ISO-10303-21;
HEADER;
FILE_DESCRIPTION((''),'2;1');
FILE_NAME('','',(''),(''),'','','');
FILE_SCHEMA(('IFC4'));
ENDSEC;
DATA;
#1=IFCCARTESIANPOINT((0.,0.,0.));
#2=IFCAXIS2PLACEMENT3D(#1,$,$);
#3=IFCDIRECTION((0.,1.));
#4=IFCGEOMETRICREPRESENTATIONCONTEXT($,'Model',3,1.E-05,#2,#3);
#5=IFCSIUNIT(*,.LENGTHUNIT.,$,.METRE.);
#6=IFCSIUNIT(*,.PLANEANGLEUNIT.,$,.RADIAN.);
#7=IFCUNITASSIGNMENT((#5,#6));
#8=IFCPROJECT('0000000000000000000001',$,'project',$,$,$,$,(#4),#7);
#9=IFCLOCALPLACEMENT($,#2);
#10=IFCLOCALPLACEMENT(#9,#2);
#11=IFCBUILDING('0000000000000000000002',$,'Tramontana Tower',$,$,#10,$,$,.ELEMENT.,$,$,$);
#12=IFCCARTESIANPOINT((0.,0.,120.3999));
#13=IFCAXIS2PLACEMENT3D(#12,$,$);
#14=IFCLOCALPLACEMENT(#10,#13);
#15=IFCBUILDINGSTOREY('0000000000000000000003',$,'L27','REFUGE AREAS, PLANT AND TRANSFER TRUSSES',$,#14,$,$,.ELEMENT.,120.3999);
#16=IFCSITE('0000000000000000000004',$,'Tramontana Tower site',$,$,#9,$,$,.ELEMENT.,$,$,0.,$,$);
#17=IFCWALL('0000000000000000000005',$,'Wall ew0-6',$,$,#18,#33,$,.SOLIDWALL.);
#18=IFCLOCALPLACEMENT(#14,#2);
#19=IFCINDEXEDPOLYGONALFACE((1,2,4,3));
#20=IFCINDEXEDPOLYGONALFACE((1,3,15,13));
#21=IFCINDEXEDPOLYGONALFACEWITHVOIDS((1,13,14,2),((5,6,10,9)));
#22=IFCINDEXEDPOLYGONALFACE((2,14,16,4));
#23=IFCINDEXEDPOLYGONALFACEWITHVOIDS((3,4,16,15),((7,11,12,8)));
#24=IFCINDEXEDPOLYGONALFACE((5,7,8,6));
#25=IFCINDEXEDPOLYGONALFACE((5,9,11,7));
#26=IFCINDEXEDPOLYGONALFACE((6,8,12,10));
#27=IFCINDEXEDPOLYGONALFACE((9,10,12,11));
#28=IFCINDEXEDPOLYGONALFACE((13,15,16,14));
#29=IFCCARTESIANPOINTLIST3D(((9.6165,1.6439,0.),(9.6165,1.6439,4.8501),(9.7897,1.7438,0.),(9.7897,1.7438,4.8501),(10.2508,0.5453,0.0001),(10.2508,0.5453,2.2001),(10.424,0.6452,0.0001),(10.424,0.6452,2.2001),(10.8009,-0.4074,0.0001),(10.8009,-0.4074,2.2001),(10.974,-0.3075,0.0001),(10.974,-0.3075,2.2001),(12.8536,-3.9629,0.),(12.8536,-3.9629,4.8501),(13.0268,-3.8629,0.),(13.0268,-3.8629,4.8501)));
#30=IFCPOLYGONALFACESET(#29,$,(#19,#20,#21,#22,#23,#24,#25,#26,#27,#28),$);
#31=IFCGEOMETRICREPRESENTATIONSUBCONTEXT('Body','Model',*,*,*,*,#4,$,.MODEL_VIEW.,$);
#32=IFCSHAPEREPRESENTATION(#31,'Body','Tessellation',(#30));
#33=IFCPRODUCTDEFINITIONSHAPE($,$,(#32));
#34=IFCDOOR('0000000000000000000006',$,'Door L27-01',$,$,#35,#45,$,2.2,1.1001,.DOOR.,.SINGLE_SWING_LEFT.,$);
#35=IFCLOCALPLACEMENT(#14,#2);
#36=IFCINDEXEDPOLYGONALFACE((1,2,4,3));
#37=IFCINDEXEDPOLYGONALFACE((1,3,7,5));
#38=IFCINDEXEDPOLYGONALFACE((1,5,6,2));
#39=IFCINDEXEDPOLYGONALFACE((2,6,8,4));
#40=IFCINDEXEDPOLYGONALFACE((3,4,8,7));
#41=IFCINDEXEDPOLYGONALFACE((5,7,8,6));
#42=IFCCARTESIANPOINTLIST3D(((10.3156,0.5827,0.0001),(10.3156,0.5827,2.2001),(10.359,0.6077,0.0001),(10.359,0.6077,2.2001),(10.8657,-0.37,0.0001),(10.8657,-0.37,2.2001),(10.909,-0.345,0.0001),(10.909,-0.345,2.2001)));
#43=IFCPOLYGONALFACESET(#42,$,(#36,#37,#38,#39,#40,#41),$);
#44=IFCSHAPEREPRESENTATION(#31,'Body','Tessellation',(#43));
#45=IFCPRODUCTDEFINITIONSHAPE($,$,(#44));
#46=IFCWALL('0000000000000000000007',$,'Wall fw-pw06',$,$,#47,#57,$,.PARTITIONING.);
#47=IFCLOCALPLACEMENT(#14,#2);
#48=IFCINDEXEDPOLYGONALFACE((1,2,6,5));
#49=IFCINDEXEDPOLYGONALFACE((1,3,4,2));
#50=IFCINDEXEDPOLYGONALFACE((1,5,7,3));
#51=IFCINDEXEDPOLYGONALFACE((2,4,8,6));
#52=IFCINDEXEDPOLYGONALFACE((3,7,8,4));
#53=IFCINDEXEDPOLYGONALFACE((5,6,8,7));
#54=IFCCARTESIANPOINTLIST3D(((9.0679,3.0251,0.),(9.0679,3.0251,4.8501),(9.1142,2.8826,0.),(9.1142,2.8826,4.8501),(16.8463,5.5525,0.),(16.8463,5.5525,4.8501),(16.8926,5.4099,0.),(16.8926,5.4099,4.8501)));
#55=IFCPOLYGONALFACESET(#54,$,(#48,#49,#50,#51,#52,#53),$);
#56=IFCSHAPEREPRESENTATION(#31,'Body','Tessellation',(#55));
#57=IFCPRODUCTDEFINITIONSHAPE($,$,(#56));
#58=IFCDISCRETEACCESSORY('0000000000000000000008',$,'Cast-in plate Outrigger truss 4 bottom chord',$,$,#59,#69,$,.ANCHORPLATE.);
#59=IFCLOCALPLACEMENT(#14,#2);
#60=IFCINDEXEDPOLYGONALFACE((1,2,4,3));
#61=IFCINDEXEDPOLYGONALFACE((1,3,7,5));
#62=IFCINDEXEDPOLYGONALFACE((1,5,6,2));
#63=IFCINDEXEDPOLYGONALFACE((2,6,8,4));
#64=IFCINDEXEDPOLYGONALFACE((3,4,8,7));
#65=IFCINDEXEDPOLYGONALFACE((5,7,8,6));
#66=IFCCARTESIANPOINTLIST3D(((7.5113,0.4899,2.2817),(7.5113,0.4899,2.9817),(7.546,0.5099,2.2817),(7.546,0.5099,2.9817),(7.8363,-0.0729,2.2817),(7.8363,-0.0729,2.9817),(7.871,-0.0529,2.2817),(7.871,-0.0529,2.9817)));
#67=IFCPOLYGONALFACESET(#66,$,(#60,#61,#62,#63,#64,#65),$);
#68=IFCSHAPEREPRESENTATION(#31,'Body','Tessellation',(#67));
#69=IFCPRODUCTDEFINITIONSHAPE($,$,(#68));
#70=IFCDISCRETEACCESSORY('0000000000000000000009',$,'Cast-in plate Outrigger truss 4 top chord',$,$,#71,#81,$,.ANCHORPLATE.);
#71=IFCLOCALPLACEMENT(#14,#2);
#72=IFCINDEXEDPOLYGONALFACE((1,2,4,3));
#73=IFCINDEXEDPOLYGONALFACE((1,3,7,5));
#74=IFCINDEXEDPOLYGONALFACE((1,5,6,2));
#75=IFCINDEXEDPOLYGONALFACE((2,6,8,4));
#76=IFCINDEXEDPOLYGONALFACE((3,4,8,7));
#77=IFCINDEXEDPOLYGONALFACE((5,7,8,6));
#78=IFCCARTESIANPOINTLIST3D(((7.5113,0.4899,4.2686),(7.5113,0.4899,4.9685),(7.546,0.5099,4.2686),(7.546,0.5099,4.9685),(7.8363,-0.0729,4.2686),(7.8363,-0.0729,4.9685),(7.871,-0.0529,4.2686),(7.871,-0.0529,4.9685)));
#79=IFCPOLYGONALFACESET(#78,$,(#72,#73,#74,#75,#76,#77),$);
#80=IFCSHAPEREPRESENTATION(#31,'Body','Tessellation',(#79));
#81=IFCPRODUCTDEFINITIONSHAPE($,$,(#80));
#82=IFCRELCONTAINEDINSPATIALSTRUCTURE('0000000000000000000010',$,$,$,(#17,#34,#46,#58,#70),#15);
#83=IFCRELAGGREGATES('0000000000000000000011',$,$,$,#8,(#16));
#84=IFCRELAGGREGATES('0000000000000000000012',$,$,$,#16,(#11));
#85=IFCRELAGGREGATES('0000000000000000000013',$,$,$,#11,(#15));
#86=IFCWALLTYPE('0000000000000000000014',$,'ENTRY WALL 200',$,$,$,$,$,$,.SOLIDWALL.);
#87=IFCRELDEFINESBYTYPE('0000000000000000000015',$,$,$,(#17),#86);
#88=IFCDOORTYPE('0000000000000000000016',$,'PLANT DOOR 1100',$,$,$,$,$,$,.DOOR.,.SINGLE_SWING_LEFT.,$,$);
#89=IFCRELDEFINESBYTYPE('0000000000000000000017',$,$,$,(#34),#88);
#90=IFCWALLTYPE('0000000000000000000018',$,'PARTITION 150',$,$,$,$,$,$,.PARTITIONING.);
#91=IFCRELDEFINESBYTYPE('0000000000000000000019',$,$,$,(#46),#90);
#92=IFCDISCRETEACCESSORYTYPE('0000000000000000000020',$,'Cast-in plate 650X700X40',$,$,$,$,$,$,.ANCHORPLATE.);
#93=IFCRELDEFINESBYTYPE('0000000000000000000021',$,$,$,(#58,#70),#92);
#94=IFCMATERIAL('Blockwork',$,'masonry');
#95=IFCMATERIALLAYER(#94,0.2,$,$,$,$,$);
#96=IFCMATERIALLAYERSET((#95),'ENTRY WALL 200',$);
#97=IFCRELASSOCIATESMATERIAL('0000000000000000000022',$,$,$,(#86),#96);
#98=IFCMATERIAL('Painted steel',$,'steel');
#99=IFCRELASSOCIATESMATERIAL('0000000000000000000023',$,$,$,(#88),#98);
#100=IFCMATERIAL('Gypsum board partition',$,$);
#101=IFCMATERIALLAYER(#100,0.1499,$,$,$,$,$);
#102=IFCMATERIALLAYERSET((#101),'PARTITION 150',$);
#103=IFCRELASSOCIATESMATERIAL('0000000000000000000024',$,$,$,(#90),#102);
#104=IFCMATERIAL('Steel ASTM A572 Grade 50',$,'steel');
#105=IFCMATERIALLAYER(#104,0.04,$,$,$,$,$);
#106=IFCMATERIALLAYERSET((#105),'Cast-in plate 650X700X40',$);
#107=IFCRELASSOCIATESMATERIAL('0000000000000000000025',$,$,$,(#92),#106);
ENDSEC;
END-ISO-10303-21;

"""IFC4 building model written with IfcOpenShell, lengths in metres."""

from ifc_helpers import new_model, si_unit, direction, frame, frame_2d, origin, origin_2d, place, context, subcontext, project, spatial, rectangle, extrude, material, layer, layer_set, type_object, element, fill, save


model = new_model("IFC4")

# Units and contexts
model_context = context("Model", 3, precision=1e-05, world=origin(), true_north=direction((0.0, 1.0)))
body_context = subcontext(model_context, "Body", "Model", "MODEL_VIEW")
ifc_project = project(units=[si_unit("LENGTHUNIT", "METRE"), si_unit("PLANEANGLEUNIT", "RADIAN")], contexts=[model_context])

# Site, building, storey
site_placement = place(None, origin())
site = spatial("IfcSite", under=ifc_project, at=site_placement, Name="Tramontana Tower site", CompositionType="ELEMENT", RefElevation=0.0)
building_placement = place(site_placement, origin())
building = spatial("IfcBuilding", under=site, at=building_placement, Name="Tramontana Tower", CompositionType="ELEMENT")
storey_placement = place(building_placement, frame((0.0, 0.0, 120.3999)))
storey = spatial("IfcBuildingStorey", under=building, at=storey_placement, Name="L27", Description="REFUGE AREAS, PLANT AND TRANSFER TRUSSES", CompositionType="ELEMENT", Elevation=120.3999)

# Shared definitions
ifc_material_1 = material(Name="Blockwork", Category="masonry")
ifc_layer_1 = layer(ifc_material_1, 0.2)
ifc_layer_set_1 = layer_set([ifc_layer_1], Name="ENTRY WALL 200")
wall_type_1 = type_object("IfcWallType", Name="ENTRY WALL 200", PredefinedType="SOLIDWALL", material=ifc_layer_set_1)
ifc_material_2 = material(Name="Painted steel", Category="steel")
door_type = type_object("IfcDoorType", Name="PLANT DOOR 1100", OperationType="SINGLE_SWING_LEFT", PredefinedType="DOOR", material=ifc_material_2)

# Wall, opening, door
wall_1_placement = place(storey_placement, frame((9.7031, 1.6938, 0.0), z_axis=(0.0, 0.0, 1.0), x_axis=(0.500004, -0.866023, 0.0)))
wall_1 = element("IfcWall", 1, at=wall_1_placement, inside=storey, type_object=wall_type_1, Name="Wall ew0-6", PredefinedType="SOLIDWALL", context=body_context, shape_type="SweptSolid", body=[
    extrude(rectangle(XDim=6.4741, YDim=0.2, at=frame_2d((3.2371, 0.0))), origin(), (0.0, 0.0, 1.0), 4.8501),
])
opening_1_placement = place(wall_1_placement, frame((1.2686, 0.0, 0.0)))
opening_1 = element("IfcOpeningElement", 2, at=opening_1_placement, cuts=wall_1, PredefinedType="OPENING", context=body_context, shape_type="SweptSolid", body=[
    extrude(rectangle(XDim=1.1001, YDim=2.2, at=frame_2d((0.55, 1.1001))), frame((0.0, 0.1099, 0.0), z_axis=(0.0, -1.0, 0.0), x_axis=(1.0, 0.0, 0.0)), (0.0, 0.0, 1.0), 0.22),
])
door_1_placement = place(opening_1_placement, origin())
door_1 = element("IfcDoor", 3, at=door_1_placement, inside=storey, type_object=door_type, Name="Door L27-01", OperationType="SINGLE_SWING_LEFT", OverallHeight=2.2, OverallWidth=1.1001, PredefinedType="DOOR", context=body_context, shape_type="SweptSolid", body=[
    extrude(rectangle(XDim=1.1001, YDim=2.2, at=frame_2d((0.55, 1.1001))), frame((0.0, 0.0249, 0.0), z_axis=(0.0, -1.0, 0.0), x_axis=(1.0, 0.0, 0.0)), (0.0, 0.0, 1.0), 0.05),
])
fill(opening_1, door_1)

# Wall
ifc_material_3 = material(Name="Gypsum board partition")
ifc_layer_2 = layer(ifc_material_3, 0.1499)
ifc_layer_set_2 = layer_set([ifc_layer_2], Name="PARTITION 150")
wall_type_2 = type_object("IfcWallType", Name="PARTITION 150", PredefinedType="PARTITIONING", material=ifc_layer_set_2)
wall_2_placement = place(storey_placement, frame((9.0911, 2.9539, 0.0), z_axis=(0.0, 0.0, 1.0), x_axis=(0.951056, 0.309019, 0.0)))
element("IfcWall", 4, at=wall_2_placement, inside=storey, type_object=wall_type_2, Name="Wall fw-pw06", PredefinedType="PARTITIONING", context=body_context, shape_type="SweptSolid", body=[
    extrude(rectangle(XDim=8.1787, YDim=0.1499, at=frame_2d((4.0894, 0.0))), origin(), (0.0, 0.0, 1.0), 4.8501),
])

# Discrete accessories
ifc_material_4 = material(Name="Steel ASTM A572 Grade 50", Category="steel")
ifc_layer_3 = layer(ifc_material_4, 0.04)
ifc_layer_set_3 = layer_set([ifc_layer_3], Name="Cast-in plate 650X700X40")
discrete_accessory_type = type_object("IfcDiscreteAccessoryType", Name="Cast-in plate 650X700X40", PredefinedType="ANCHORPLATE", material=ifc_layer_set_3)
for number, where, z_axis, x_axis, name in (
    (5, (7.6912, 0.2185, 2.2817), (0.0, 0.0, 1.0), (-0.5, 0.866025, 0.0), "Cast-in plate Outrigger truss 4 bottom chord"),
    (6, (7.6912, 0.2185, 4.2686), (0.0, 0.0, 1.0), (-0.5, 0.866025, 0.0), "Cast-in plate Outrigger truss 4 top chord"),
):
    element("IfcDiscreteAccessory", number, at=place(storey_placement, frame(where, z_axis=z_axis, x_axis=x_axis)), inside=storey, type_object=discrete_accessory_type, Name=name, PredefinedType="ANCHORPLATE", context=body_context, shape_type="SweptSolid", body=[
        extrude(rectangle(XDim=0.6499, YDim=0.04, at=origin_2d()), origin(), (0.0, 0.0, 1.0), 0.7),
    ])

save(model, "model.ifc")
